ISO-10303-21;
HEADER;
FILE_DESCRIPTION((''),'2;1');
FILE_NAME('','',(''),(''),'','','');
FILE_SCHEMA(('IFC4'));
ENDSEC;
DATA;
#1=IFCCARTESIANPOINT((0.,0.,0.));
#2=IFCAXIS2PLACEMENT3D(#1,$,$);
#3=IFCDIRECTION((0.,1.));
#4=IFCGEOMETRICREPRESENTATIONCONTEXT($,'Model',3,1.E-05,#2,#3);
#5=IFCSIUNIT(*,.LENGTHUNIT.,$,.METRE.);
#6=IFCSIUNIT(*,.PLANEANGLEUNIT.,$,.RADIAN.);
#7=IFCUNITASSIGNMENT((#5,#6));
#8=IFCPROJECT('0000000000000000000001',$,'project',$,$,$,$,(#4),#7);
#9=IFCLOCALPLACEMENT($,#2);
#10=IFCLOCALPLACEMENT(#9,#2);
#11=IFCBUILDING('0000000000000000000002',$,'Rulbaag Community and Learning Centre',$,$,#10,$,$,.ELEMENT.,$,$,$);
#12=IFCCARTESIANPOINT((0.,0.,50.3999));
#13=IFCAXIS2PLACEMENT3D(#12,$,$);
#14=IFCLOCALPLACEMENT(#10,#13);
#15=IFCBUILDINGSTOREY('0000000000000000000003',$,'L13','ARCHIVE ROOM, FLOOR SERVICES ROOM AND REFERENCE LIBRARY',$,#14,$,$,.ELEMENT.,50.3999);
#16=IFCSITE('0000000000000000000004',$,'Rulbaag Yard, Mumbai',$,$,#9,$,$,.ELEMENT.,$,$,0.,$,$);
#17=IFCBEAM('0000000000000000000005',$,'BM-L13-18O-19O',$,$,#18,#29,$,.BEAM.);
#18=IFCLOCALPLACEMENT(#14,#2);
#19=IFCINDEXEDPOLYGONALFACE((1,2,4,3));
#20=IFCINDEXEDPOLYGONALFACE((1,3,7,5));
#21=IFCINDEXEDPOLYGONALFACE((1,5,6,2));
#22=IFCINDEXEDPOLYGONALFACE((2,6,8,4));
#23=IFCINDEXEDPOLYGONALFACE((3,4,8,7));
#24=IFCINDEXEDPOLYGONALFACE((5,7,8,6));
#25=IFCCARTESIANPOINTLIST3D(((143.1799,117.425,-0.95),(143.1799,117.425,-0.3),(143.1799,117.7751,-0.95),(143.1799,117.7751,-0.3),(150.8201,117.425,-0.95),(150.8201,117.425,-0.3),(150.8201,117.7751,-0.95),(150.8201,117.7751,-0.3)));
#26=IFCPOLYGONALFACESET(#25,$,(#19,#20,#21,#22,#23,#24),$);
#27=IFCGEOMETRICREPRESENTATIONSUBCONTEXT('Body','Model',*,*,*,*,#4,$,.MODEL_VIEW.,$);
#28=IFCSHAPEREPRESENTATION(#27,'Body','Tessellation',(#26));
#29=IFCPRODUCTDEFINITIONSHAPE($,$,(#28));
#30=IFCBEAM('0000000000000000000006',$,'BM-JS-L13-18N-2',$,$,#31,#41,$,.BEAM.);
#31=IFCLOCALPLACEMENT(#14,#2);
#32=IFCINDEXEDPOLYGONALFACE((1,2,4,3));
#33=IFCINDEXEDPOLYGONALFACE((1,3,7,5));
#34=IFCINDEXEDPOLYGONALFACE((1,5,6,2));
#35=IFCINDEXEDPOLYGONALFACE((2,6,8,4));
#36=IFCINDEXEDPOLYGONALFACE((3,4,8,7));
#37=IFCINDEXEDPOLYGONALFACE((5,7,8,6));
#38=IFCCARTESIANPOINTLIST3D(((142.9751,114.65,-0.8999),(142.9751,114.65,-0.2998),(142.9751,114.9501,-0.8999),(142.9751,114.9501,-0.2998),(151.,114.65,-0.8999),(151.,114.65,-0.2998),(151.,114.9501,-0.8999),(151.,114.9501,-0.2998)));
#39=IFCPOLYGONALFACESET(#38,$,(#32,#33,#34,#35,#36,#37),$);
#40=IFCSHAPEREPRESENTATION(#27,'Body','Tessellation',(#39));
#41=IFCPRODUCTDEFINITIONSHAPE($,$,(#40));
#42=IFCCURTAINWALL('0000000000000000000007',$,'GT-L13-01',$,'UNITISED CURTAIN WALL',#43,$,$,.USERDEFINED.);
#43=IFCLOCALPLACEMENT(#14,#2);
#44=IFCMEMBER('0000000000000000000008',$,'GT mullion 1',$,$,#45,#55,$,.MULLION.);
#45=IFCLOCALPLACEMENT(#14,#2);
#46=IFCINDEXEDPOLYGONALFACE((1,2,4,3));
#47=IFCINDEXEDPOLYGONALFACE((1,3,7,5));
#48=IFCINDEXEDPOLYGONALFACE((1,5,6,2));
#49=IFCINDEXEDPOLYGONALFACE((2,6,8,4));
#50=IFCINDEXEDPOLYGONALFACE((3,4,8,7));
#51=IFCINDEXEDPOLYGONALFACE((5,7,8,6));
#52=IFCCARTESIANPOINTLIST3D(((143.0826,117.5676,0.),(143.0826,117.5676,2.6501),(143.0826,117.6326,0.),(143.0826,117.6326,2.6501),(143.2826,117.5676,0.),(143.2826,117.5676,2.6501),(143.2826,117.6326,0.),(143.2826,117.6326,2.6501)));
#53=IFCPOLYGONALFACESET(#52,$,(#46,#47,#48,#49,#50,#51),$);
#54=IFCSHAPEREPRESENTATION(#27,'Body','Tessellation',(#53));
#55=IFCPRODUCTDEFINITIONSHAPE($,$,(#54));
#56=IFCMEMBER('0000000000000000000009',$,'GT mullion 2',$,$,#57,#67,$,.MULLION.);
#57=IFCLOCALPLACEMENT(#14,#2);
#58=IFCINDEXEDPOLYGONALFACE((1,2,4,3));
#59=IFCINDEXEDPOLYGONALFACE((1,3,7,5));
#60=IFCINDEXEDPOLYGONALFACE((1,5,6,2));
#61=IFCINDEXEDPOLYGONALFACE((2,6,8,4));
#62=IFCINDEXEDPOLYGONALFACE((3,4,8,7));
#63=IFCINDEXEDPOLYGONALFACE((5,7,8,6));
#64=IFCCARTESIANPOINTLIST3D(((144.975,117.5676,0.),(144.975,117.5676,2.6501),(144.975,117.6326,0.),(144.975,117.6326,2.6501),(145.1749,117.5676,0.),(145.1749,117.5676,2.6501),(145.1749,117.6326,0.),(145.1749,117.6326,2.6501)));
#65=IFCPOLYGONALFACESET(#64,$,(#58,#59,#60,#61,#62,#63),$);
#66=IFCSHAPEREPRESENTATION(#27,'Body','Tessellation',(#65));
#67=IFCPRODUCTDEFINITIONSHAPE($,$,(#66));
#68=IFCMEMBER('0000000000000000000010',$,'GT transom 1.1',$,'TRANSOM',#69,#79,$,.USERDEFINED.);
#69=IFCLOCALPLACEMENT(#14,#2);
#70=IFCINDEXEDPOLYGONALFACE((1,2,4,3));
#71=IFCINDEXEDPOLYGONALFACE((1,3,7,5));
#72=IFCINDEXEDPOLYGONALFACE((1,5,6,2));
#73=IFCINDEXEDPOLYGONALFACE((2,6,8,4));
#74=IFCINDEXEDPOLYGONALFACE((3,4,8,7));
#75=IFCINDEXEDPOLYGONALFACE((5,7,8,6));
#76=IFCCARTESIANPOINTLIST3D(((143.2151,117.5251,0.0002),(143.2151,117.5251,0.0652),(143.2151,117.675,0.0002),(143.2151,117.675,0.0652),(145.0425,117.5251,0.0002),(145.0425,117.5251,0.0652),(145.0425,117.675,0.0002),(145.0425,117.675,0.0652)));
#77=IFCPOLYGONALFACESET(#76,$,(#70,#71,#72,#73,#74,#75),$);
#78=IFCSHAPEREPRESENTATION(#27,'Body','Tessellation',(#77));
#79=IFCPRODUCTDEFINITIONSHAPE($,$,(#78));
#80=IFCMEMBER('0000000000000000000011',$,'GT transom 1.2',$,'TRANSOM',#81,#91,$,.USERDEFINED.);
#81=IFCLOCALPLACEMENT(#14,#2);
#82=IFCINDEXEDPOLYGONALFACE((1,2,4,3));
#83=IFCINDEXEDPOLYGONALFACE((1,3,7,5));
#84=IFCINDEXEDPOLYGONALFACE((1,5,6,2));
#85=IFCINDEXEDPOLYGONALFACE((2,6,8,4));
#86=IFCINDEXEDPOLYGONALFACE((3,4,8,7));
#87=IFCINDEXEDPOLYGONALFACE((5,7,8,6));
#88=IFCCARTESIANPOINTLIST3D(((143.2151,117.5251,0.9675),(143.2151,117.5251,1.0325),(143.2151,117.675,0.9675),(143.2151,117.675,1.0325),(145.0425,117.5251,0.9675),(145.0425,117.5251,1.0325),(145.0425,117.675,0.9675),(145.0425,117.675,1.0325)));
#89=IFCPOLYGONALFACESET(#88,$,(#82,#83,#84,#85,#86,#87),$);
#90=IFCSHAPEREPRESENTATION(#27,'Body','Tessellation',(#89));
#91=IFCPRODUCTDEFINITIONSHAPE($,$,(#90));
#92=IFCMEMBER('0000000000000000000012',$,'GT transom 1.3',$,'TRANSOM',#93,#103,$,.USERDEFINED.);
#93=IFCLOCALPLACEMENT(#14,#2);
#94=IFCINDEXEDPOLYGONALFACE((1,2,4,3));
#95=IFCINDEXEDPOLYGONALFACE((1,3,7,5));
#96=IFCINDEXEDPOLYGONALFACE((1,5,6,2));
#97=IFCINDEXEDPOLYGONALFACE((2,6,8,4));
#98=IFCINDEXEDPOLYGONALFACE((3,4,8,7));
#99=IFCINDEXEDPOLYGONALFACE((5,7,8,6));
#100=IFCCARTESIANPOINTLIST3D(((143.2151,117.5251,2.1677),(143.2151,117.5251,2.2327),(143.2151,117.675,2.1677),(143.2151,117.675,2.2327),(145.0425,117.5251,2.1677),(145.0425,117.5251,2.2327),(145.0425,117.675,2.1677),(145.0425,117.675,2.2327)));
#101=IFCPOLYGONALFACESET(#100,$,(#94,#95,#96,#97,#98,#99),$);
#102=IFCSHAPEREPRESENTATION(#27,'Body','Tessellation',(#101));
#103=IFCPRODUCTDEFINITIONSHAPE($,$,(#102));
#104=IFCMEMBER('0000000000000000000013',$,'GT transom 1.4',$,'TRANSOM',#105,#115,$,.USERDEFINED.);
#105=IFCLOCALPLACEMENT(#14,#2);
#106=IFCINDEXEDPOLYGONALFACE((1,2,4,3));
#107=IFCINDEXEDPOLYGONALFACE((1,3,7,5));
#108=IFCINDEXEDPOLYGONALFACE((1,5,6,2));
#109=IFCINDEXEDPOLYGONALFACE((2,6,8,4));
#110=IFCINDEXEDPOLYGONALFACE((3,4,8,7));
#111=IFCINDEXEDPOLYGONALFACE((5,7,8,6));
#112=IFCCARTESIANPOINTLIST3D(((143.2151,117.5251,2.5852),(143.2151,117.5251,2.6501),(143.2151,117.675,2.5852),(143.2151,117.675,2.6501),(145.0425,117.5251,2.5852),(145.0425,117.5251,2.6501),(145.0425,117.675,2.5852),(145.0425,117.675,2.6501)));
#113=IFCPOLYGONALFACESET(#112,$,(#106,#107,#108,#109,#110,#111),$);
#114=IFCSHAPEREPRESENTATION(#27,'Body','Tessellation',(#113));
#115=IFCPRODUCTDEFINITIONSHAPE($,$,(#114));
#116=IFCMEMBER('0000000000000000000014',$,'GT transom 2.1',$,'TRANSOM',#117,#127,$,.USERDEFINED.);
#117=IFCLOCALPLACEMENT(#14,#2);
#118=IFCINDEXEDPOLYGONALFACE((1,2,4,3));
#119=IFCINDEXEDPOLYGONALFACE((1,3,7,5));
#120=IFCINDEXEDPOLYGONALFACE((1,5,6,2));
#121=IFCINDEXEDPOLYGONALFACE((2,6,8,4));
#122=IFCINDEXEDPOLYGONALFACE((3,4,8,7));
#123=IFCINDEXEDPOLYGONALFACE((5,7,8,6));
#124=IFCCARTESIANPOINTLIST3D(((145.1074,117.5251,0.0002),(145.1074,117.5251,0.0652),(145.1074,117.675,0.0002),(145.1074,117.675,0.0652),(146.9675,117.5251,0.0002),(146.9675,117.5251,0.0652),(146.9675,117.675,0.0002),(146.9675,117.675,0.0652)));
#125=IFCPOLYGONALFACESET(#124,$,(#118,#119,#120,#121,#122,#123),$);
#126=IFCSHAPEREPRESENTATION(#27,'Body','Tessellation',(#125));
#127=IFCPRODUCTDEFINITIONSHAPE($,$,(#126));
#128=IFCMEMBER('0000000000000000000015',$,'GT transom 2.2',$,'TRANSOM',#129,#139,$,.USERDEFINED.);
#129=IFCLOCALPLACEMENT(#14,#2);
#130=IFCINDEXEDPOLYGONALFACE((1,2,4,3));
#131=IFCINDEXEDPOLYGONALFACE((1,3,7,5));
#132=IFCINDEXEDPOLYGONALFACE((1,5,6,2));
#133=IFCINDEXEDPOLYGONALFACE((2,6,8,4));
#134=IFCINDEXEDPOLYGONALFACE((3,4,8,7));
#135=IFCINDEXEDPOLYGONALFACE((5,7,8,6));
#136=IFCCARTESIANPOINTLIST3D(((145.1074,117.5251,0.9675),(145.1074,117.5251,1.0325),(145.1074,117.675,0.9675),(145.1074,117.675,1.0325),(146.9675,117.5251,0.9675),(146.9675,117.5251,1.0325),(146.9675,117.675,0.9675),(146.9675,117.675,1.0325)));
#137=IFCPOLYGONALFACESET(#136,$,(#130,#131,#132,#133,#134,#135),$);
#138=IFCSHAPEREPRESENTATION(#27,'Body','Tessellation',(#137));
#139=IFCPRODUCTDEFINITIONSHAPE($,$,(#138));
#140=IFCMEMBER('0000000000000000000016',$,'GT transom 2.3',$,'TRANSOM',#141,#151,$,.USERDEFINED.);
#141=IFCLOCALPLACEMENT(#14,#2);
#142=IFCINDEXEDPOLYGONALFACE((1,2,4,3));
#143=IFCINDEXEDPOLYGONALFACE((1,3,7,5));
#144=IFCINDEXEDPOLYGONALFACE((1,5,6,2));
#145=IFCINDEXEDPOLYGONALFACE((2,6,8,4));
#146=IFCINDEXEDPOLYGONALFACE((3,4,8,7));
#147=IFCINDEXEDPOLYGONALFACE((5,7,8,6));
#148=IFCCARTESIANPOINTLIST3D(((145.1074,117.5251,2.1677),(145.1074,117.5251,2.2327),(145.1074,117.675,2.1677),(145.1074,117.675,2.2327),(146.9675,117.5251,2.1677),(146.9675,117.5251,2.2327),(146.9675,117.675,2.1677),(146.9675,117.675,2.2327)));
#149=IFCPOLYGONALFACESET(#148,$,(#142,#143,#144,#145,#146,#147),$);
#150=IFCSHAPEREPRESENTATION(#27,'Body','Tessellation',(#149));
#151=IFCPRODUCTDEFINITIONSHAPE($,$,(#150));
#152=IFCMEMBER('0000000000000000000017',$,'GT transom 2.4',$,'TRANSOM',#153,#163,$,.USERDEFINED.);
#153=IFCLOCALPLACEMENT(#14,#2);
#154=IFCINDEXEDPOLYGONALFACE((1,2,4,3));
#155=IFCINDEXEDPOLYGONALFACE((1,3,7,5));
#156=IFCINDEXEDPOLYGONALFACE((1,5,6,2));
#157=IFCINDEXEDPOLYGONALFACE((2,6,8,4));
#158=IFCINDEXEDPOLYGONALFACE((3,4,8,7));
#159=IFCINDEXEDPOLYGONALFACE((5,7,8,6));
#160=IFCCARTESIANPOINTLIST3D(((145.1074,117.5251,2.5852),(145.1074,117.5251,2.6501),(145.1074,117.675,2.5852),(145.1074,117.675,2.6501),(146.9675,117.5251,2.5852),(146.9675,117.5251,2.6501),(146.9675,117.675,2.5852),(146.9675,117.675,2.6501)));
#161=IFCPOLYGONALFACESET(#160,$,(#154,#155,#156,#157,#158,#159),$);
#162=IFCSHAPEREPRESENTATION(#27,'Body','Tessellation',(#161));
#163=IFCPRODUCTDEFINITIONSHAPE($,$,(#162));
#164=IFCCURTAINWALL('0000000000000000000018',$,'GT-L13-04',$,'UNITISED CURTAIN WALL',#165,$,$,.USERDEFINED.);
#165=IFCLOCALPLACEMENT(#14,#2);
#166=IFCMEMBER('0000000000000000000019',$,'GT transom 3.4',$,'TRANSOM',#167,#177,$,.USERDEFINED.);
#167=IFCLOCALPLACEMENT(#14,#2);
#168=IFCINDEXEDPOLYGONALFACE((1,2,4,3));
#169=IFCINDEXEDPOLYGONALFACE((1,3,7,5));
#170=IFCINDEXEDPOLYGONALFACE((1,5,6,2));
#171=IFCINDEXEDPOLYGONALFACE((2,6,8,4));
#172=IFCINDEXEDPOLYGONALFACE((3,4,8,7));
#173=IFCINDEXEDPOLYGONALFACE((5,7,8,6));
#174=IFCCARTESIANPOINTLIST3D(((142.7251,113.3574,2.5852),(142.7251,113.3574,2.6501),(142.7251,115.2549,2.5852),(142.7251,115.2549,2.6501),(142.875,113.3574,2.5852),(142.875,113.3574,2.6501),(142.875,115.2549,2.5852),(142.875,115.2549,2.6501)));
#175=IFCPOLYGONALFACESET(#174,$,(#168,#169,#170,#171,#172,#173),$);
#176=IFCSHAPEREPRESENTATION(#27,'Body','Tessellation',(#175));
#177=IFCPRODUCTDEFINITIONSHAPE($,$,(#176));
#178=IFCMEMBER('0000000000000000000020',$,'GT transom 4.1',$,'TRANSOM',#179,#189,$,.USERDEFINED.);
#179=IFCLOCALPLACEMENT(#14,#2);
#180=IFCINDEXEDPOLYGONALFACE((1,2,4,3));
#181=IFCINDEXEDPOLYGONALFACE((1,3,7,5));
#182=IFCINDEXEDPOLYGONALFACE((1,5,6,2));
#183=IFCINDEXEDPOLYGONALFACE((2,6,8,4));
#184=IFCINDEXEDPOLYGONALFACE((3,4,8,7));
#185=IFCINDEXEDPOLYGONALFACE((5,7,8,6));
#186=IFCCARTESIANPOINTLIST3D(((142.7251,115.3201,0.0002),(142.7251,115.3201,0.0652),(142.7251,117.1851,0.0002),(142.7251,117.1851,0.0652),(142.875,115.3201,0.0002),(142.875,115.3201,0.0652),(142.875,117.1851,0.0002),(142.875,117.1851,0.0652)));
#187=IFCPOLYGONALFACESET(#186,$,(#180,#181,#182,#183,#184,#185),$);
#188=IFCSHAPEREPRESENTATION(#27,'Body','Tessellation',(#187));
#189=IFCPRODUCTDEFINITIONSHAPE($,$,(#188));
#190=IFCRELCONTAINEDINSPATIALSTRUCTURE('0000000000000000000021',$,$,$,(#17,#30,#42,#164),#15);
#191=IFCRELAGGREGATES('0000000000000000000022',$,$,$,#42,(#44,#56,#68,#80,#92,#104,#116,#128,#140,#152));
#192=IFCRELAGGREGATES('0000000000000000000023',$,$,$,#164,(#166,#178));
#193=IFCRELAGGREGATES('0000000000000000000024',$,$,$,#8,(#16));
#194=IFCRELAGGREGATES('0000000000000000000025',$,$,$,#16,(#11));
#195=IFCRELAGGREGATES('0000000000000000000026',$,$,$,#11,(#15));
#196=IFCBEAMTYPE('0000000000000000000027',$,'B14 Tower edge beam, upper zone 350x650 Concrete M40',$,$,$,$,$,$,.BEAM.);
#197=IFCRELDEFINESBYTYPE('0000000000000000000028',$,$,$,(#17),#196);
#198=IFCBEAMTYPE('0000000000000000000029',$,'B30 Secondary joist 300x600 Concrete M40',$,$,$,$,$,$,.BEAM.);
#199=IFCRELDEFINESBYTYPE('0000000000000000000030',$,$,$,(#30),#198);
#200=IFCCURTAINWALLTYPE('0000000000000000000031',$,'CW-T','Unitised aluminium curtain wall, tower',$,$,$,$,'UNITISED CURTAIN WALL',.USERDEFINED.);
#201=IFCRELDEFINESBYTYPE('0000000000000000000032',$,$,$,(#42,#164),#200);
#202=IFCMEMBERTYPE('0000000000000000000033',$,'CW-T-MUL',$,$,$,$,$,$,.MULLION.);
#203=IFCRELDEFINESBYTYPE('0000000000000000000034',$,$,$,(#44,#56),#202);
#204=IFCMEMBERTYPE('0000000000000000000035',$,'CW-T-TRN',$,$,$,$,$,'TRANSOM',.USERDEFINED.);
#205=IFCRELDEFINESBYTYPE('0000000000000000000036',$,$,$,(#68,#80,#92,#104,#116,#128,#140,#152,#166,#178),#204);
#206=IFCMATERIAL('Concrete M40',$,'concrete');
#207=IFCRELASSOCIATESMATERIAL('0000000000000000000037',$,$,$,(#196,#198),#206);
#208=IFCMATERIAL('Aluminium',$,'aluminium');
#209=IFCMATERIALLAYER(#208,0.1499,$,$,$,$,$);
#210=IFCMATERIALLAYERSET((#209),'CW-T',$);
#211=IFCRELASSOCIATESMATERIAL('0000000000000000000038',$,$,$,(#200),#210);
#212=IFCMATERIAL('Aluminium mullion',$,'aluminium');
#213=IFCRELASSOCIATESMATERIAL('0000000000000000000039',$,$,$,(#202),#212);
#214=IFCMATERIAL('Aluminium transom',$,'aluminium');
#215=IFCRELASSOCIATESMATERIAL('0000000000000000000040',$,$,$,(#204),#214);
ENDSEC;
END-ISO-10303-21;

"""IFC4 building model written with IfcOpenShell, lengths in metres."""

from ifc_helpers import new_model, si_unit, direction, frame, origin, origin_2d, place, context, subcontext, project, spatial, rectangle, extrude, material, layer, layer_set, material_profile, profile_set, type_object, element, aggregate, save


model = new_model("IFC4")

# Units and contexts
model_context = context("Model", 3, precision=1e-05, world=origin(), true_north=direction((0.0, 1.0)))
body_context = subcontext(model_context, "Body", "Model", "MODEL_VIEW")
ifc_project = project(units=[si_unit("LENGTHUNIT", "METRE"), si_unit("PLANEANGLEUNIT", "RADIAN")], contexts=[model_context])

# Site, building, storey
site_placement = place(None, origin())
site = spatial("IfcSite", under=ifc_project, at=site_placement, Name="Rulbaag Yard, Mumbai", CompositionType="ELEMENT", RefElevation=0.0)
building_placement = place(site_placement, origin())
building = spatial("IfcBuilding", under=site, at=building_placement, Name="Rulbaag Community and Learning Centre", CompositionType="ELEMENT")
storey_placement = place(building_placement, frame((0.0, 0.0, 50.3999)))
storey = spatial("IfcBuildingStorey", under=building, at=storey_placement, Name="L13", Description="ARCHIVE ROOM, FLOOR SERVICES ROOM AND REFERENCE LIBRARY", CompositionType="ELEMENT", Elevation=50.3999)

# Beams
ifc_material_1 = material(Name="Concrete M40", Category="concrete")
ifc_material_profile_1 = material_profile(ifc_material_1, rectangle(XDim=0.3501, YDim=0.6499, at=origin_2d()), Name="RB350x650")
ifc_profile_set_1 = profile_set([ifc_material_profile_1], Name="Concrete M40")
beam_type_1 = type_object("IfcBeamType", Name="B14 Tower edge beam, upper zone 350x650 Concrete M40", PredefinedType="BEAM", material=ifc_profile_set_1)
beam_1_placement = place(storey_placement, frame((143.1799, 117.6001, -0.625), z_axis=(1.0, 0.0, 0.0), x_axis=(0.0, 1.0, 0.0)))
element("IfcBeam", 1, at=beam_1_placement, inside=storey, type_object=beam_type_1, Name="BM-L13-18O-19O", PredefinedType="BEAM", context=body_context, shape_type="SweptSolid", body=[
    extrude(rectangle(XDim=0.3501, YDim=0.6499, at=origin_2d()), origin(), (0.0, 0.0, 1.0), 7.6401),
])
ifc_material_profile_2 = material_profile(ifc_material_1, rectangle(XDim=0.3, YDim=0.6001, at=origin_2d()), Name="RB300x600")
ifc_profile_set_2 = profile_set([ifc_material_profile_2], Name="Concrete M40")
beam_type_2 = type_object("IfcBeamType", Name="B30 Secondary joist 300x600 Concrete M40", PredefinedType="BEAM", material=ifc_profile_set_2)
beam_2_placement = place(storey_placement, frame((142.9751, 114.8, -0.5999), z_axis=(1.0, 0.0, 0.0), x_axis=(0.0, 1.0, 0.0)))
element("IfcBeam", 2, at=beam_2_placement, inside=storey, type_object=beam_type_2, Name="BM-JS-L13-18N-2", PredefinedType="BEAM", context=body_context, shape_type="SweptSolid", body=[
    extrude(rectangle(XDim=0.3, YDim=0.6001, at=origin_2d()), origin(), (0.0, 0.0, 1.0), 8.0249),
])

# Curtain walls, members
ifc_material_2 = material(Name="Aluminium", Category="aluminium")
ifc_layer_1 = layer(ifc_material_2, 0.1499)
ifc_layer_set_1 = layer_set([ifc_layer_1], Name="CW-T")
curtain_wall_type = type_object("IfcCurtainWallType", Name="CW-T", Description="Unitised aluminium curtain wall, tower", ElementType="UNITISED CURTAIN WALL", PredefinedType="USERDEFINED", material=ifc_layer_set_1)
curtain_wall_1_placement = place(storey_placement, origin())
curtain_wall_1 = element("IfcCurtainWall", 3, at=curtain_wall_1_placement, inside=storey, type_object=curtain_wall_type, Name="GT-L13-01", ObjectType="UNITISED CURTAIN WALL", PredefinedType="USERDEFINED")
ifc_material_3 = material(Name="Aluminium mullion", Category="aluminium")
ifc_material_profile_3 = material_profile(ifc_material_3, rectangle(XDim=0.0649, YDim=0.2, at=origin_2d()), Name="AL 65x200")
ifc_profile_set_3 = profile_set([ifc_material_profile_3], Name="Aluminium mullion")
member_type_1 = type_object("IfcMemberType", Name="CW-T-MUL", PredefinedType="MULLION", material=ifc_profile_set_3)
member_1_placement = place(storey_placement, frame((143.1826, 117.6001, 0.0), z_axis=(0.0, 0.0, 1.0), x_axis=(0.0, 1.0, 0.0)))
member_1 = element("IfcMember", 4, at=member_1_placement, type_object=member_type_1, Name="GT mullion 1", PredefinedType="MULLION", context=body_context, shape_type="SweptSolid", body=[
    extrude(rectangle(XDim=0.0649, YDim=0.2, at=origin_2d()), origin(), (0.0, 0.0, 1.0), 2.6501),
])
member_2_placement = place(storey_placement, frame((145.075, 117.6001, 0.0), z_axis=(0.0, 0.0, 1.0), x_axis=(0.0, 1.0, 0.0)))
member_2 = element("IfcMember", 5, at=member_2_placement, type_object=member_type_1, Name="GT mullion 2", PredefinedType="MULLION", context=body_context, shape_type="SweptSolid", body=[
    extrude(rectangle(XDim=0.0649, YDim=0.2, at=origin_2d()), origin(), (0.0, 0.0, 1.0), 2.6501),
])
ifc_material_4 = material(Name="Aluminium transom", Category="aluminium")
ifc_material_profile_4 = material_profile(ifc_material_4, rectangle(XDim=0.1499, YDim=0.0649, at=origin_2d()), Name="AL 65x150 T")
ifc_profile_set_4 = profile_set([ifc_material_profile_4], Name="Aluminium transom")
member_type_2 = type_object("IfcMemberType", Name="CW-T-TRN", ElementType="TRANSOM", PredefinedType="USERDEFINED", material=ifc_profile_set_4)
member_3_placement = place(storey_placement, frame((143.2151, 117.6001, 0.0327), z_axis=(1.0, 0.0, 0.0), x_axis=(0.0, 1.0, 0.0)))
member_3 = element("IfcMember", 6, at=member_3_placement, type_object=member_type_2, Name="GT transom 1.1", ObjectType="TRANSOM", PredefinedType="USERDEFINED", context=body_context, shape_type="SweptSolid", body=[
    extrude(rectangle(XDim=0.1499, YDim=0.0649, at=origin_2d()), origin(), (0.0, 0.0, 1.0), 1.8274),
])
member_4_placement = place(storey_placement, frame((143.2151, 117.6001, 1.0), z_axis=(1.0, 0.0, 0.0), x_axis=(0.0, 1.0, 0.0)))
member_4 = element("IfcMember", 7, at=member_4_placement, type_object=member_type_2, Name="GT transom 1.2", ObjectType="TRANSOM", PredefinedType="USERDEFINED", context=body_context, shape_type="SweptSolid", body=[
    extrude(rectangle(XDim=0.1499, YDim=0.0649, at=origin_2d()), origin(), (0.0, 0.0, 1.0), 1.8274),
])
member_5_placement = place(storey_placement, frame((143.2151, 117.6001, 2.2002), z_axis=(1.0, 0.0, 0.0), x_axis=(0.0, 1.0, 0.0)))
member_5 = element("IfcMember", 8, at=member_5_placement, type_object=member_type_2, Name="GT transom 1.3", ObjectType="TRANSOM", PredefinedType="USERDEFINED", context=body_context, shape_type="SweptSolid", body=[
    extrude(rectangle(XDim=0.1499, YDim=0.0649, at=origin_2d()), origin(), (0.0, 0.0, 1.0), 1.8274),
])
member_6_placement = place(storey_placement, frame((143.2151, 117.6001, 2.6177), z_axis=(1.0, 0.0, 0.0), x_axis=(0.0, 1.0, 0.0)))
member_6 = element("IfcMember", 9, at=member_6_placement, type_object=member_type_2, Name="GT transom 1.4", ObjectType="TRANSOM", PredefinedType="USERDEFINED", context=body_context, shape_type="SweptSolid", body=[
    extrude(rectangle(XDim=0.1499, YDim=0.0649, at=origin_2d()), origin(), (0.0, 0.0, 1.0), 1.8274),
])
member_7_placement = place(storey_placement, frame((145.1074, 117.6001, 0.0327), z_axis=(1.0, 0.0, 0.0), x_axis=(0.0, 1.0, 0.0)))
member_7 = element("IfcMember", 10, at=member_7_placement, type_object=member_type_2, Name="GT transom 2.1", ObjectType="TRANSOM", PredefinedType="USERDEFINED", context=body_context, shape_type="SweptSolid", body=[
    extrude(rectangle(XDim=0.1499, YDim=0.0649, at=origin_2d()), origin(), (0.0, 0.0, 1.0), 1.8601),
])
member_8_placement = place(storey_placement, frame((145.1074, 117.6001, 1.0), z_axis=(1.0, 0.0, 0.0), x_axis=(0.0, 1.0, 0.0)))
member_8 = element("IfcMember", 11, at=member_8_placement, type_object=member_type_2, Name="GT transom 2.2", ObjectType="TRANSOM", PredefinedType="USERDEFINED", context=body_context, shape_type="SweptSolid", body=[
    extrude(rectangle(XDim=0.1499, YDim=0.0649, at=origin_2d()), origin(), (0.0, 0.0, 1.0), 1.8601),
])
member_9_placement = place(storey_placement, frame((145.1074, 117.6001, 2.2002), z_axis=(1.0, 0.0, 0.0), x_axis=(0.0, 1.0, 0.0)))
member_9 = element("IfcMember", 12, at=member_9_placement, type_object=member_type_2, Name="GT transom 2.3", ObjectType="TRANSOM", PredefinedType="USERDEFINED", context=body_context, shape_type="SweptSolid", body=[
    extrude(rectangle(XDim=0.1499, YDim=0.0649, at=origin_2d()), origin(), (0.0, 0.0, 1.0), 1.8601),
])
member_10_placement = place(storey_placement, frame((145.1074, 117.6001, 2.6177), z_axis=(1.0, 0.0, 0.0), x_axis=(0.0, 1.0, 0.0)))
member_10 = element("IfcMember", 13, at=member_10_placement, type_object=member_type_2, Name="GT transom 2.4", ObjectType="TRANSOM", PredefinedType="USERDEFINED", context=body_context, shape_type="SweptSolid", body=[
    extrude(rectangle(XDim=0.1499, YDim=0.0649, at=origin_2d()), origin(), (0.0, 0.0, 1.0), 1.8601),
])
curtain_wall_2_placement = place(storey_placement, origin())
curtain_wall_2 = element("IfcCurtainWall", 14, at=curtain_wall_2_placement, inside=storey, type_object=curtain_wall_type, Name="GT-L13-04", ObjectType="UNITISED CURTAIN WALL", PredefinedType="USERDEFINED")
member_11_placement = place(storey_placement, frame((142.8, 113.3574, 2.6177), z_axis=(0.0, 1.0, 0.0), x_axis=(-1.0, 0.0, 0.0)))
member_11 = element("IfcMember", 15, at=member_11_placement, type_object=member_type_2, Name="GT transom 3.4", ObjectType="TRANSOM", PredefinedType="USERDEFINED", context=body_context, shape_type="SweptSolid", body=[
    extrude(rectangle(XDim=0.1499, YDim=0.0649, at=origin_2d()), origin(), (0.0, 0.0, 1.0), 1.8975),
])
member_12_placement = place(storey_placement, frame((142.8, 115.3201, 0.0327), z_axis=(0.0, 1.0, 0.0), x_axis=(-1.0, 0.0, 0.0)))
member_12 = element("IfcMember", 16, at=member_12_placement, type_object=member_type_2, Name="GT transom 4.1", ObjectType="TRANSOM", PredefinedType="USERDEFINED", context=body_context, shape_type="SweptSolid", body=[
    extrude(rectangle(XDim=0.1499, YDim=0.0649, at=origin_2d()), origin(), (0.0, 0.0, 1.0), 1.865),
])

aggregate(curtain_wall_1, [member_1, member_2, member_3, member_4, member_5, member_6, member_7, member_8, member_9, member_10])
aggregate(curtain_wall_2, [member_11, member_12])

save(model, "model.ifc")
